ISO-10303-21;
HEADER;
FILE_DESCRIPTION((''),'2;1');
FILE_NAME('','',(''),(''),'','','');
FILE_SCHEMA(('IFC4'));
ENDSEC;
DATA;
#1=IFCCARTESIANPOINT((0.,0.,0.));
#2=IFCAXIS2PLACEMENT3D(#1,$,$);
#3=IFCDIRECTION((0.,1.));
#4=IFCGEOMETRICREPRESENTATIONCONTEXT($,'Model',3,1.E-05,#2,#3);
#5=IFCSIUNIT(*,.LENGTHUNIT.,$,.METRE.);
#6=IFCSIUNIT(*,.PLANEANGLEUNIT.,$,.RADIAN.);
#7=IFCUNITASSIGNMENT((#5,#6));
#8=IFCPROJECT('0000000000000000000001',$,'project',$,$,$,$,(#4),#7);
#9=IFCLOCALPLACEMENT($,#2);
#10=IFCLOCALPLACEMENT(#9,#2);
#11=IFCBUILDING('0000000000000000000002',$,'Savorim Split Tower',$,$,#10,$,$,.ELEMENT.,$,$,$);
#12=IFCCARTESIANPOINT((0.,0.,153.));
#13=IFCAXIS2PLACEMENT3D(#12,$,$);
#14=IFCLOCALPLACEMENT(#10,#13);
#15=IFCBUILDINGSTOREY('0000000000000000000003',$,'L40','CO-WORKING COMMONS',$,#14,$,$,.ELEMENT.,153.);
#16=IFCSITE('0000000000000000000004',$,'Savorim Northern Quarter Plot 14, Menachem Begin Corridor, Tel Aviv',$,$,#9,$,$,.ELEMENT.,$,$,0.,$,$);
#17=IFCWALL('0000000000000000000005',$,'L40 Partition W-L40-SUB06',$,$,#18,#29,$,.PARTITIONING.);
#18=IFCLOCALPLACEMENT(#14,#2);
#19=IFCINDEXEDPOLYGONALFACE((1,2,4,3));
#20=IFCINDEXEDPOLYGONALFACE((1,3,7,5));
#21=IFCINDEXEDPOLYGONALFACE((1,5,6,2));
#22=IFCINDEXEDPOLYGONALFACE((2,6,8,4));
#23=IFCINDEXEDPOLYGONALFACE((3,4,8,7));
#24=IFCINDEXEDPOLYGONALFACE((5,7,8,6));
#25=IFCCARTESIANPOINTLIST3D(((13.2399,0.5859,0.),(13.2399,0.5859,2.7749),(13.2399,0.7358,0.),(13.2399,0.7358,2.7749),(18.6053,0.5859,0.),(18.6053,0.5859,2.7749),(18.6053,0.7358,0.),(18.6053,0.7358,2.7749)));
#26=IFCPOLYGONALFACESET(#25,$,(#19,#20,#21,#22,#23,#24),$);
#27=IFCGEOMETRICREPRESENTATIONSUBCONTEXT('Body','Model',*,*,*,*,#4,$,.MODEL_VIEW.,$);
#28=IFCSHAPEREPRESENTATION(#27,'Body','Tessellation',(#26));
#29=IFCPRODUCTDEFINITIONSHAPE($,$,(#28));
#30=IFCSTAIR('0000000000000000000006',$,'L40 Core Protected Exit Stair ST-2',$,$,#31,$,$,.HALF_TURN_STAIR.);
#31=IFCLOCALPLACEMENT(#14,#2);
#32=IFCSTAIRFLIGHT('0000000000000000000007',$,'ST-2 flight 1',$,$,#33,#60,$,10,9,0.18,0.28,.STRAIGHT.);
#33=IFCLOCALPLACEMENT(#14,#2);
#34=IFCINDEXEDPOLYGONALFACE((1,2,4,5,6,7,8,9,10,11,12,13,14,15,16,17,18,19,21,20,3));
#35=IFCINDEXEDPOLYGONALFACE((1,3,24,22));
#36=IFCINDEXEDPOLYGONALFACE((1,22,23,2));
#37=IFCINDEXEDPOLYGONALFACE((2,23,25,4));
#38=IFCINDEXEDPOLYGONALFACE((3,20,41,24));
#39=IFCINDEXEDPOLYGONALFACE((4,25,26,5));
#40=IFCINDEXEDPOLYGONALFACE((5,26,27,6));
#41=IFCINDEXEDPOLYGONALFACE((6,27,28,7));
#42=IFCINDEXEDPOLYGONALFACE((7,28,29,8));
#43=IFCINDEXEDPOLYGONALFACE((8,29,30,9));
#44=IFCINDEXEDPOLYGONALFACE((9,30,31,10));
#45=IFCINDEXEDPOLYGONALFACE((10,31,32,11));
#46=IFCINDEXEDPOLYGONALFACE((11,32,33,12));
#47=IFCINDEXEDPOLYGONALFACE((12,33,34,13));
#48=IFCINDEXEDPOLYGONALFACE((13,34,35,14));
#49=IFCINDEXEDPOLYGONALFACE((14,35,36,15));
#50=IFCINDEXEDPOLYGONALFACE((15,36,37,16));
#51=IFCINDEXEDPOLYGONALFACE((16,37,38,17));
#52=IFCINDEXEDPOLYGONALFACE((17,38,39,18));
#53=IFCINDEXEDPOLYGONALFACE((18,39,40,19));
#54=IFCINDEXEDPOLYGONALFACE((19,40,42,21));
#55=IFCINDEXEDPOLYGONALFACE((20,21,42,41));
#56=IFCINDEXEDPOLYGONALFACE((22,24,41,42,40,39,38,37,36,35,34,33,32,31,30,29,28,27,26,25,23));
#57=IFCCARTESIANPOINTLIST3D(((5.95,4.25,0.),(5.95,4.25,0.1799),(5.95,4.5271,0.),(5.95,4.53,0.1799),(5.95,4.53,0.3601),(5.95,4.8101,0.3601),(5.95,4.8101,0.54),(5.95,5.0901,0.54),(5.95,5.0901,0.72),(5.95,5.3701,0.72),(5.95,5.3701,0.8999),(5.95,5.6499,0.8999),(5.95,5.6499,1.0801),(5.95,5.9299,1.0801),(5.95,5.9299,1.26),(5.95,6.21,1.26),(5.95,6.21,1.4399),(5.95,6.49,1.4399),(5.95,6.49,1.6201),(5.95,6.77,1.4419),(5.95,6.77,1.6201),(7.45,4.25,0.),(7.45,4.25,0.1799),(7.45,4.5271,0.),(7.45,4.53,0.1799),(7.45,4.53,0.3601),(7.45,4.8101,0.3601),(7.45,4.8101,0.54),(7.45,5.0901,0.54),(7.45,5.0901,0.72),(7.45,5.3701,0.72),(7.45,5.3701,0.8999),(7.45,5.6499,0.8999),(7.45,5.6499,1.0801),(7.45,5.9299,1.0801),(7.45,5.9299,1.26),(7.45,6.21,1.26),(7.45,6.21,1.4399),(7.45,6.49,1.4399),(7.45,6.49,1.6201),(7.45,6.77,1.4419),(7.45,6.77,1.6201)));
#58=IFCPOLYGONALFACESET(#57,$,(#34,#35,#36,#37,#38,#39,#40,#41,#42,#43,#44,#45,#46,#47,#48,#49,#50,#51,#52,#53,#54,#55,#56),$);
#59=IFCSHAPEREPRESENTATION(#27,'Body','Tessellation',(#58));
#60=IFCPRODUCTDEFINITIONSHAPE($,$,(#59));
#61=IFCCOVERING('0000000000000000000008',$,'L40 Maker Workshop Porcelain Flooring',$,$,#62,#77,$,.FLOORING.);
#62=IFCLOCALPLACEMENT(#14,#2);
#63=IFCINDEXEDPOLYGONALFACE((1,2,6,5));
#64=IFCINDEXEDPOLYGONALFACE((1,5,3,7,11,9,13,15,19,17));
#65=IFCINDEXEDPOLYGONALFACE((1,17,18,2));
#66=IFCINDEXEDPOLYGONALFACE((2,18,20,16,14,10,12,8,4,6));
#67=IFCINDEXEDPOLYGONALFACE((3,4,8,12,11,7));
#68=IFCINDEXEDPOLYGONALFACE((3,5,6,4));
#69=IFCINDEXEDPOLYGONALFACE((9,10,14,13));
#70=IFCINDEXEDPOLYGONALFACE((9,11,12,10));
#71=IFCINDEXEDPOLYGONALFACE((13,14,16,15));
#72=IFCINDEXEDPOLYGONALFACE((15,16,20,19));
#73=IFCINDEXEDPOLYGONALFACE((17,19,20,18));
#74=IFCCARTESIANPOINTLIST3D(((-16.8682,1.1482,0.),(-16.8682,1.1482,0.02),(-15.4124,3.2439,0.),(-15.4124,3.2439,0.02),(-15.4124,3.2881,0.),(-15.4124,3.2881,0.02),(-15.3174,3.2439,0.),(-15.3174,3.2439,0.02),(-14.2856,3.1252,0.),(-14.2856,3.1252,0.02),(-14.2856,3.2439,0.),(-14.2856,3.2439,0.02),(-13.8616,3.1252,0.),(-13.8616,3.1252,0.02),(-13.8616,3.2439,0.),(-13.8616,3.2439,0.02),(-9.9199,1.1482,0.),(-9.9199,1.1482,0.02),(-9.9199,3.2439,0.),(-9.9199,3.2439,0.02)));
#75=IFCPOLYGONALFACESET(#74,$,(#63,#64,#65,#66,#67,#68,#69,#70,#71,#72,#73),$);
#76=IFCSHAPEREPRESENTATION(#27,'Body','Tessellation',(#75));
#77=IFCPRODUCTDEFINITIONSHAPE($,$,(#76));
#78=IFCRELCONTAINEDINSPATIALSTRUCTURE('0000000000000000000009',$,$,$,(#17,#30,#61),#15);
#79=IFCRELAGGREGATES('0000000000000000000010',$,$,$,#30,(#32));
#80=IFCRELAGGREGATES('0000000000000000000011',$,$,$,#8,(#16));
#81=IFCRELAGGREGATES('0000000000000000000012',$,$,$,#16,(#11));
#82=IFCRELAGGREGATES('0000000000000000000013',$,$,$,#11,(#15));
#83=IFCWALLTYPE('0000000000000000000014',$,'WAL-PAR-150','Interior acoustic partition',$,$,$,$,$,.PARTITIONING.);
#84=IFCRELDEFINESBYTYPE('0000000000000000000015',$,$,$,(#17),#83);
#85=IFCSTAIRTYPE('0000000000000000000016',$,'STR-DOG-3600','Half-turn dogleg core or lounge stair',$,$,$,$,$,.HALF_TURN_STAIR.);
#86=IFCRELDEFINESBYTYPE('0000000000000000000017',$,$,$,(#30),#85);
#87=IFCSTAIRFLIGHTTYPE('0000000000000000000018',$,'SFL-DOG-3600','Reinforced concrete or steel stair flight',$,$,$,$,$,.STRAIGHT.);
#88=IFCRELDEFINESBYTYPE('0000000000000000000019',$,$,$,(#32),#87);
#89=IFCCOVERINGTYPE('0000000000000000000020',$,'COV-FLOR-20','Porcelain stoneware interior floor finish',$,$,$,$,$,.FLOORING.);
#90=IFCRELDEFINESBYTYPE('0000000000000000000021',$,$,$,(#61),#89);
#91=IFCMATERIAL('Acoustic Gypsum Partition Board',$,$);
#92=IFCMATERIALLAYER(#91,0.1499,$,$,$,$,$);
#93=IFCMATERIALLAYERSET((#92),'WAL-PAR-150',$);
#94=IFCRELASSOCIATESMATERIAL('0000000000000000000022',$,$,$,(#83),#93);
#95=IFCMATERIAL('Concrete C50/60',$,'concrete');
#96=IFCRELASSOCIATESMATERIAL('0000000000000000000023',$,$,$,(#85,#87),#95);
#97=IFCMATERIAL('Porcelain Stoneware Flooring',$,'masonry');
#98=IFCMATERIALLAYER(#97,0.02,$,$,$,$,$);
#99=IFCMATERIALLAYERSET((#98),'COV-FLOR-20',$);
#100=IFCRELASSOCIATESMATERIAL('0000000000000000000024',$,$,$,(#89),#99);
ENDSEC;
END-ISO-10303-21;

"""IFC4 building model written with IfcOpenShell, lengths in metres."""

from ifc_helpers import new_model, si_unit, direction, frame, frame_2d, origin, place, context, subcontext, project, spatial, polyline, rectangle, outline, extrude, material, layer, layer_set, type_object, element, aggregate, save


model = new_model("IFC4")

# Units and contexts
model_context = context("Model", 3, precision=1e-05, world=origin(), true_north=direction((0.0, 1.0)))
body_context = subcontext(model_context, "Body", "Model", "MODEL_VIEW")
ifc_project = project(units=[si_unit("LENGTHUNIT", "METRE"), si_unit("PLANEANGLEUNIT", "RADIAN")], contexts=[model_context])

# Site, building, storey
site_placement = place(None, origin())
site = spatial("IfcSite", under=ifc_project, at=site_placement, Name="Savorim Northern Quarter Plot 14, Menachem Begin Corridor, Tel Aviv", CompositionType="ELEMENT", RefElevation=0.0)
building_placement = place(site_placement, origin())
building = spatial("IfcBuilding", under=site, at=building_placement, Name="Savorim Split Tower", CompositionType="ELEMENT")
storey_placement = place(building_placement, frame((0.0, 0.0, 153.0)))
storey = spatial("IfcBuildingStorey", under=building, at=storey_placement, Name="L40", Description="CO-WORKING COMMONS", CompositionType="ELEMENT", Elevation=153.0)

# Shared definitions
ifc_material_1 = material(Name="Concrete C50/60", Category="concrete")

# Wall
ifc_material_2 = material(Name="Acoustic Gypsum Partition Board")
ifc_layer_1 = layer(ifc_material_2, 0.1499)
ifc_layer_set_1 = layer_set([ifc_layer_1], Name="WAL-PAR-150")
wall_type_1 = type_object("IfcWallType", Name="WAL-PAR-150", Description="Interior acoustic partition", PredefinedType="PARTITIONING", material=ifc_layer_set_1)
wall_1_placement = place(storey_placement, frame((13.24, 0.6609, 0.0), z_axis=(0.0, 0.0, 1.0), x_axis=(1.0, 0.0, 0.0)))
element("IfcWall", 1, at=wall_1_placement, inside=storey, type_object=wall_type_1, Name="L40 Partition W-L40-SUB06", PredefinedType="PARTITIONING", context=body_context, shape_type="SweptSolid", body=[
    extrude(rectangle(XDim=5.3655, YDim=0.1499, at=frame_2d((2.6826, 0.0))), origin(), (0.0, 0.0, 1.0), 2.7749),
])

# Stair, stair flight
stair_type = type_object("IfcStairType", Name="STR-DOG-3600", Description="Half-turn dogleg core or lounge stair", PredefinedType="HALF_TURN_STAIR", material=ifc_material_1)
stair_placement = place(storey_placement, origin())
stair = element("IfcStair", 2, at=stair_placement, inside=storey, type_object=stair_type, Name="L40 Core Protected Exit Stair ST-2", PredefinedType="HALF_TURN_STAIR")
stair_flight_type = type_object("IfcStairFlightType", Name="SFL-DOG-3600", Description="Reinforced concrete or steel stair flight", PredefinedType="STRAIGHT", material=ifc_material_1)
stair_flight_placement = place(storey_placement, frame((6.7, 4.25, 0.0), z_axis=(0.0, 0.0, 1.0), x_axis=(0.0, 1.0, 0.0)))
stair_flight = element("IfcStairFlight", 3, at=stair_flight_placement, type_object=stair_flight_type, Name="ST-2 flight 1", NumberOfRisers=10, NumberOfTreads=9, PredefinedType="STRAIGHT", RiserHeight=0.18, TreadLength=0.28, context=body_context, shape_type="SweptSolid", body=[
    extrude(outline(polyline([(0.0, 0.0), (0.0, 0.1799), (0.28, 0.1799), (0.28, 0.3601), (0.5601, 0.3601), (0.5601, 0.54), (0.8401, 0.54), (0.8401, 0.72), (1.1201, 0.72), (1.1201, 0.8999), (1.3999, 0.8999), (1.3999, 1.0801), (1.6799, 1.0801), (1.6799, 1.26), (1.96, 1.26), (1.96, 1.4399), (2.24, 1.4399), (2.24, 1.6201), (2.52, 1.6201), (2.52, 1.8), (2.52, 1.4419), (0.2771, 0.0), (0.0, 0.0)])), frame((0.0, 0.75, 0.0), z_axis=(0.0, -1.0, 0.0), x_axis=(1.0, 0.0, 0.0)), (0.0, 0.0, 1.0), 1.5),
])
aggregate(stair, [stair_flight])

# Covering
ifc_material_3 = material(Name="Porcelain Stoneware Flooring", Category="masonry")
ifc_layer_2 = layer(ifc_material_3, 0.02)
ifc_layer_set_2 = layer_set([ifc_layer_2], Name="COV-FLOR-20")
covering_type = type_object("IfcCoveringType", Name="COV-FLOR-20", Description="Porcelain stoneware interior floor finish", PredefinedType="FLOORING", material=ifc_layer_set_2)
covering_placement = place(storey_placement, origin())
element("IfcCovering", 4, at=covering_placement, inside=storey, type_object=covering_type, Name="L40 Maker Workshop Porcelain Flooring", PredefinedType="FLOORING", context=body_context, shape_type="SweptSolid", body=[
    extrude(outline(polyline([(-14.2856, 3.2439), (-15.3174, 3.2439), (-15.4124, 3.2439), (-15.4124, 3.2881), (-16.8682, 1.1482), (-9.9199, 1.1482), (-9.9199, 3.2439), (-13.8616, 3.2439), (-13.8616, 3.1252), (-14.2856, 3.1252), (-14.2856, 3.2439)])), origin(), (0.0, 0.0, 1.0), 0.02),
])

save(model, "model.ifc")
